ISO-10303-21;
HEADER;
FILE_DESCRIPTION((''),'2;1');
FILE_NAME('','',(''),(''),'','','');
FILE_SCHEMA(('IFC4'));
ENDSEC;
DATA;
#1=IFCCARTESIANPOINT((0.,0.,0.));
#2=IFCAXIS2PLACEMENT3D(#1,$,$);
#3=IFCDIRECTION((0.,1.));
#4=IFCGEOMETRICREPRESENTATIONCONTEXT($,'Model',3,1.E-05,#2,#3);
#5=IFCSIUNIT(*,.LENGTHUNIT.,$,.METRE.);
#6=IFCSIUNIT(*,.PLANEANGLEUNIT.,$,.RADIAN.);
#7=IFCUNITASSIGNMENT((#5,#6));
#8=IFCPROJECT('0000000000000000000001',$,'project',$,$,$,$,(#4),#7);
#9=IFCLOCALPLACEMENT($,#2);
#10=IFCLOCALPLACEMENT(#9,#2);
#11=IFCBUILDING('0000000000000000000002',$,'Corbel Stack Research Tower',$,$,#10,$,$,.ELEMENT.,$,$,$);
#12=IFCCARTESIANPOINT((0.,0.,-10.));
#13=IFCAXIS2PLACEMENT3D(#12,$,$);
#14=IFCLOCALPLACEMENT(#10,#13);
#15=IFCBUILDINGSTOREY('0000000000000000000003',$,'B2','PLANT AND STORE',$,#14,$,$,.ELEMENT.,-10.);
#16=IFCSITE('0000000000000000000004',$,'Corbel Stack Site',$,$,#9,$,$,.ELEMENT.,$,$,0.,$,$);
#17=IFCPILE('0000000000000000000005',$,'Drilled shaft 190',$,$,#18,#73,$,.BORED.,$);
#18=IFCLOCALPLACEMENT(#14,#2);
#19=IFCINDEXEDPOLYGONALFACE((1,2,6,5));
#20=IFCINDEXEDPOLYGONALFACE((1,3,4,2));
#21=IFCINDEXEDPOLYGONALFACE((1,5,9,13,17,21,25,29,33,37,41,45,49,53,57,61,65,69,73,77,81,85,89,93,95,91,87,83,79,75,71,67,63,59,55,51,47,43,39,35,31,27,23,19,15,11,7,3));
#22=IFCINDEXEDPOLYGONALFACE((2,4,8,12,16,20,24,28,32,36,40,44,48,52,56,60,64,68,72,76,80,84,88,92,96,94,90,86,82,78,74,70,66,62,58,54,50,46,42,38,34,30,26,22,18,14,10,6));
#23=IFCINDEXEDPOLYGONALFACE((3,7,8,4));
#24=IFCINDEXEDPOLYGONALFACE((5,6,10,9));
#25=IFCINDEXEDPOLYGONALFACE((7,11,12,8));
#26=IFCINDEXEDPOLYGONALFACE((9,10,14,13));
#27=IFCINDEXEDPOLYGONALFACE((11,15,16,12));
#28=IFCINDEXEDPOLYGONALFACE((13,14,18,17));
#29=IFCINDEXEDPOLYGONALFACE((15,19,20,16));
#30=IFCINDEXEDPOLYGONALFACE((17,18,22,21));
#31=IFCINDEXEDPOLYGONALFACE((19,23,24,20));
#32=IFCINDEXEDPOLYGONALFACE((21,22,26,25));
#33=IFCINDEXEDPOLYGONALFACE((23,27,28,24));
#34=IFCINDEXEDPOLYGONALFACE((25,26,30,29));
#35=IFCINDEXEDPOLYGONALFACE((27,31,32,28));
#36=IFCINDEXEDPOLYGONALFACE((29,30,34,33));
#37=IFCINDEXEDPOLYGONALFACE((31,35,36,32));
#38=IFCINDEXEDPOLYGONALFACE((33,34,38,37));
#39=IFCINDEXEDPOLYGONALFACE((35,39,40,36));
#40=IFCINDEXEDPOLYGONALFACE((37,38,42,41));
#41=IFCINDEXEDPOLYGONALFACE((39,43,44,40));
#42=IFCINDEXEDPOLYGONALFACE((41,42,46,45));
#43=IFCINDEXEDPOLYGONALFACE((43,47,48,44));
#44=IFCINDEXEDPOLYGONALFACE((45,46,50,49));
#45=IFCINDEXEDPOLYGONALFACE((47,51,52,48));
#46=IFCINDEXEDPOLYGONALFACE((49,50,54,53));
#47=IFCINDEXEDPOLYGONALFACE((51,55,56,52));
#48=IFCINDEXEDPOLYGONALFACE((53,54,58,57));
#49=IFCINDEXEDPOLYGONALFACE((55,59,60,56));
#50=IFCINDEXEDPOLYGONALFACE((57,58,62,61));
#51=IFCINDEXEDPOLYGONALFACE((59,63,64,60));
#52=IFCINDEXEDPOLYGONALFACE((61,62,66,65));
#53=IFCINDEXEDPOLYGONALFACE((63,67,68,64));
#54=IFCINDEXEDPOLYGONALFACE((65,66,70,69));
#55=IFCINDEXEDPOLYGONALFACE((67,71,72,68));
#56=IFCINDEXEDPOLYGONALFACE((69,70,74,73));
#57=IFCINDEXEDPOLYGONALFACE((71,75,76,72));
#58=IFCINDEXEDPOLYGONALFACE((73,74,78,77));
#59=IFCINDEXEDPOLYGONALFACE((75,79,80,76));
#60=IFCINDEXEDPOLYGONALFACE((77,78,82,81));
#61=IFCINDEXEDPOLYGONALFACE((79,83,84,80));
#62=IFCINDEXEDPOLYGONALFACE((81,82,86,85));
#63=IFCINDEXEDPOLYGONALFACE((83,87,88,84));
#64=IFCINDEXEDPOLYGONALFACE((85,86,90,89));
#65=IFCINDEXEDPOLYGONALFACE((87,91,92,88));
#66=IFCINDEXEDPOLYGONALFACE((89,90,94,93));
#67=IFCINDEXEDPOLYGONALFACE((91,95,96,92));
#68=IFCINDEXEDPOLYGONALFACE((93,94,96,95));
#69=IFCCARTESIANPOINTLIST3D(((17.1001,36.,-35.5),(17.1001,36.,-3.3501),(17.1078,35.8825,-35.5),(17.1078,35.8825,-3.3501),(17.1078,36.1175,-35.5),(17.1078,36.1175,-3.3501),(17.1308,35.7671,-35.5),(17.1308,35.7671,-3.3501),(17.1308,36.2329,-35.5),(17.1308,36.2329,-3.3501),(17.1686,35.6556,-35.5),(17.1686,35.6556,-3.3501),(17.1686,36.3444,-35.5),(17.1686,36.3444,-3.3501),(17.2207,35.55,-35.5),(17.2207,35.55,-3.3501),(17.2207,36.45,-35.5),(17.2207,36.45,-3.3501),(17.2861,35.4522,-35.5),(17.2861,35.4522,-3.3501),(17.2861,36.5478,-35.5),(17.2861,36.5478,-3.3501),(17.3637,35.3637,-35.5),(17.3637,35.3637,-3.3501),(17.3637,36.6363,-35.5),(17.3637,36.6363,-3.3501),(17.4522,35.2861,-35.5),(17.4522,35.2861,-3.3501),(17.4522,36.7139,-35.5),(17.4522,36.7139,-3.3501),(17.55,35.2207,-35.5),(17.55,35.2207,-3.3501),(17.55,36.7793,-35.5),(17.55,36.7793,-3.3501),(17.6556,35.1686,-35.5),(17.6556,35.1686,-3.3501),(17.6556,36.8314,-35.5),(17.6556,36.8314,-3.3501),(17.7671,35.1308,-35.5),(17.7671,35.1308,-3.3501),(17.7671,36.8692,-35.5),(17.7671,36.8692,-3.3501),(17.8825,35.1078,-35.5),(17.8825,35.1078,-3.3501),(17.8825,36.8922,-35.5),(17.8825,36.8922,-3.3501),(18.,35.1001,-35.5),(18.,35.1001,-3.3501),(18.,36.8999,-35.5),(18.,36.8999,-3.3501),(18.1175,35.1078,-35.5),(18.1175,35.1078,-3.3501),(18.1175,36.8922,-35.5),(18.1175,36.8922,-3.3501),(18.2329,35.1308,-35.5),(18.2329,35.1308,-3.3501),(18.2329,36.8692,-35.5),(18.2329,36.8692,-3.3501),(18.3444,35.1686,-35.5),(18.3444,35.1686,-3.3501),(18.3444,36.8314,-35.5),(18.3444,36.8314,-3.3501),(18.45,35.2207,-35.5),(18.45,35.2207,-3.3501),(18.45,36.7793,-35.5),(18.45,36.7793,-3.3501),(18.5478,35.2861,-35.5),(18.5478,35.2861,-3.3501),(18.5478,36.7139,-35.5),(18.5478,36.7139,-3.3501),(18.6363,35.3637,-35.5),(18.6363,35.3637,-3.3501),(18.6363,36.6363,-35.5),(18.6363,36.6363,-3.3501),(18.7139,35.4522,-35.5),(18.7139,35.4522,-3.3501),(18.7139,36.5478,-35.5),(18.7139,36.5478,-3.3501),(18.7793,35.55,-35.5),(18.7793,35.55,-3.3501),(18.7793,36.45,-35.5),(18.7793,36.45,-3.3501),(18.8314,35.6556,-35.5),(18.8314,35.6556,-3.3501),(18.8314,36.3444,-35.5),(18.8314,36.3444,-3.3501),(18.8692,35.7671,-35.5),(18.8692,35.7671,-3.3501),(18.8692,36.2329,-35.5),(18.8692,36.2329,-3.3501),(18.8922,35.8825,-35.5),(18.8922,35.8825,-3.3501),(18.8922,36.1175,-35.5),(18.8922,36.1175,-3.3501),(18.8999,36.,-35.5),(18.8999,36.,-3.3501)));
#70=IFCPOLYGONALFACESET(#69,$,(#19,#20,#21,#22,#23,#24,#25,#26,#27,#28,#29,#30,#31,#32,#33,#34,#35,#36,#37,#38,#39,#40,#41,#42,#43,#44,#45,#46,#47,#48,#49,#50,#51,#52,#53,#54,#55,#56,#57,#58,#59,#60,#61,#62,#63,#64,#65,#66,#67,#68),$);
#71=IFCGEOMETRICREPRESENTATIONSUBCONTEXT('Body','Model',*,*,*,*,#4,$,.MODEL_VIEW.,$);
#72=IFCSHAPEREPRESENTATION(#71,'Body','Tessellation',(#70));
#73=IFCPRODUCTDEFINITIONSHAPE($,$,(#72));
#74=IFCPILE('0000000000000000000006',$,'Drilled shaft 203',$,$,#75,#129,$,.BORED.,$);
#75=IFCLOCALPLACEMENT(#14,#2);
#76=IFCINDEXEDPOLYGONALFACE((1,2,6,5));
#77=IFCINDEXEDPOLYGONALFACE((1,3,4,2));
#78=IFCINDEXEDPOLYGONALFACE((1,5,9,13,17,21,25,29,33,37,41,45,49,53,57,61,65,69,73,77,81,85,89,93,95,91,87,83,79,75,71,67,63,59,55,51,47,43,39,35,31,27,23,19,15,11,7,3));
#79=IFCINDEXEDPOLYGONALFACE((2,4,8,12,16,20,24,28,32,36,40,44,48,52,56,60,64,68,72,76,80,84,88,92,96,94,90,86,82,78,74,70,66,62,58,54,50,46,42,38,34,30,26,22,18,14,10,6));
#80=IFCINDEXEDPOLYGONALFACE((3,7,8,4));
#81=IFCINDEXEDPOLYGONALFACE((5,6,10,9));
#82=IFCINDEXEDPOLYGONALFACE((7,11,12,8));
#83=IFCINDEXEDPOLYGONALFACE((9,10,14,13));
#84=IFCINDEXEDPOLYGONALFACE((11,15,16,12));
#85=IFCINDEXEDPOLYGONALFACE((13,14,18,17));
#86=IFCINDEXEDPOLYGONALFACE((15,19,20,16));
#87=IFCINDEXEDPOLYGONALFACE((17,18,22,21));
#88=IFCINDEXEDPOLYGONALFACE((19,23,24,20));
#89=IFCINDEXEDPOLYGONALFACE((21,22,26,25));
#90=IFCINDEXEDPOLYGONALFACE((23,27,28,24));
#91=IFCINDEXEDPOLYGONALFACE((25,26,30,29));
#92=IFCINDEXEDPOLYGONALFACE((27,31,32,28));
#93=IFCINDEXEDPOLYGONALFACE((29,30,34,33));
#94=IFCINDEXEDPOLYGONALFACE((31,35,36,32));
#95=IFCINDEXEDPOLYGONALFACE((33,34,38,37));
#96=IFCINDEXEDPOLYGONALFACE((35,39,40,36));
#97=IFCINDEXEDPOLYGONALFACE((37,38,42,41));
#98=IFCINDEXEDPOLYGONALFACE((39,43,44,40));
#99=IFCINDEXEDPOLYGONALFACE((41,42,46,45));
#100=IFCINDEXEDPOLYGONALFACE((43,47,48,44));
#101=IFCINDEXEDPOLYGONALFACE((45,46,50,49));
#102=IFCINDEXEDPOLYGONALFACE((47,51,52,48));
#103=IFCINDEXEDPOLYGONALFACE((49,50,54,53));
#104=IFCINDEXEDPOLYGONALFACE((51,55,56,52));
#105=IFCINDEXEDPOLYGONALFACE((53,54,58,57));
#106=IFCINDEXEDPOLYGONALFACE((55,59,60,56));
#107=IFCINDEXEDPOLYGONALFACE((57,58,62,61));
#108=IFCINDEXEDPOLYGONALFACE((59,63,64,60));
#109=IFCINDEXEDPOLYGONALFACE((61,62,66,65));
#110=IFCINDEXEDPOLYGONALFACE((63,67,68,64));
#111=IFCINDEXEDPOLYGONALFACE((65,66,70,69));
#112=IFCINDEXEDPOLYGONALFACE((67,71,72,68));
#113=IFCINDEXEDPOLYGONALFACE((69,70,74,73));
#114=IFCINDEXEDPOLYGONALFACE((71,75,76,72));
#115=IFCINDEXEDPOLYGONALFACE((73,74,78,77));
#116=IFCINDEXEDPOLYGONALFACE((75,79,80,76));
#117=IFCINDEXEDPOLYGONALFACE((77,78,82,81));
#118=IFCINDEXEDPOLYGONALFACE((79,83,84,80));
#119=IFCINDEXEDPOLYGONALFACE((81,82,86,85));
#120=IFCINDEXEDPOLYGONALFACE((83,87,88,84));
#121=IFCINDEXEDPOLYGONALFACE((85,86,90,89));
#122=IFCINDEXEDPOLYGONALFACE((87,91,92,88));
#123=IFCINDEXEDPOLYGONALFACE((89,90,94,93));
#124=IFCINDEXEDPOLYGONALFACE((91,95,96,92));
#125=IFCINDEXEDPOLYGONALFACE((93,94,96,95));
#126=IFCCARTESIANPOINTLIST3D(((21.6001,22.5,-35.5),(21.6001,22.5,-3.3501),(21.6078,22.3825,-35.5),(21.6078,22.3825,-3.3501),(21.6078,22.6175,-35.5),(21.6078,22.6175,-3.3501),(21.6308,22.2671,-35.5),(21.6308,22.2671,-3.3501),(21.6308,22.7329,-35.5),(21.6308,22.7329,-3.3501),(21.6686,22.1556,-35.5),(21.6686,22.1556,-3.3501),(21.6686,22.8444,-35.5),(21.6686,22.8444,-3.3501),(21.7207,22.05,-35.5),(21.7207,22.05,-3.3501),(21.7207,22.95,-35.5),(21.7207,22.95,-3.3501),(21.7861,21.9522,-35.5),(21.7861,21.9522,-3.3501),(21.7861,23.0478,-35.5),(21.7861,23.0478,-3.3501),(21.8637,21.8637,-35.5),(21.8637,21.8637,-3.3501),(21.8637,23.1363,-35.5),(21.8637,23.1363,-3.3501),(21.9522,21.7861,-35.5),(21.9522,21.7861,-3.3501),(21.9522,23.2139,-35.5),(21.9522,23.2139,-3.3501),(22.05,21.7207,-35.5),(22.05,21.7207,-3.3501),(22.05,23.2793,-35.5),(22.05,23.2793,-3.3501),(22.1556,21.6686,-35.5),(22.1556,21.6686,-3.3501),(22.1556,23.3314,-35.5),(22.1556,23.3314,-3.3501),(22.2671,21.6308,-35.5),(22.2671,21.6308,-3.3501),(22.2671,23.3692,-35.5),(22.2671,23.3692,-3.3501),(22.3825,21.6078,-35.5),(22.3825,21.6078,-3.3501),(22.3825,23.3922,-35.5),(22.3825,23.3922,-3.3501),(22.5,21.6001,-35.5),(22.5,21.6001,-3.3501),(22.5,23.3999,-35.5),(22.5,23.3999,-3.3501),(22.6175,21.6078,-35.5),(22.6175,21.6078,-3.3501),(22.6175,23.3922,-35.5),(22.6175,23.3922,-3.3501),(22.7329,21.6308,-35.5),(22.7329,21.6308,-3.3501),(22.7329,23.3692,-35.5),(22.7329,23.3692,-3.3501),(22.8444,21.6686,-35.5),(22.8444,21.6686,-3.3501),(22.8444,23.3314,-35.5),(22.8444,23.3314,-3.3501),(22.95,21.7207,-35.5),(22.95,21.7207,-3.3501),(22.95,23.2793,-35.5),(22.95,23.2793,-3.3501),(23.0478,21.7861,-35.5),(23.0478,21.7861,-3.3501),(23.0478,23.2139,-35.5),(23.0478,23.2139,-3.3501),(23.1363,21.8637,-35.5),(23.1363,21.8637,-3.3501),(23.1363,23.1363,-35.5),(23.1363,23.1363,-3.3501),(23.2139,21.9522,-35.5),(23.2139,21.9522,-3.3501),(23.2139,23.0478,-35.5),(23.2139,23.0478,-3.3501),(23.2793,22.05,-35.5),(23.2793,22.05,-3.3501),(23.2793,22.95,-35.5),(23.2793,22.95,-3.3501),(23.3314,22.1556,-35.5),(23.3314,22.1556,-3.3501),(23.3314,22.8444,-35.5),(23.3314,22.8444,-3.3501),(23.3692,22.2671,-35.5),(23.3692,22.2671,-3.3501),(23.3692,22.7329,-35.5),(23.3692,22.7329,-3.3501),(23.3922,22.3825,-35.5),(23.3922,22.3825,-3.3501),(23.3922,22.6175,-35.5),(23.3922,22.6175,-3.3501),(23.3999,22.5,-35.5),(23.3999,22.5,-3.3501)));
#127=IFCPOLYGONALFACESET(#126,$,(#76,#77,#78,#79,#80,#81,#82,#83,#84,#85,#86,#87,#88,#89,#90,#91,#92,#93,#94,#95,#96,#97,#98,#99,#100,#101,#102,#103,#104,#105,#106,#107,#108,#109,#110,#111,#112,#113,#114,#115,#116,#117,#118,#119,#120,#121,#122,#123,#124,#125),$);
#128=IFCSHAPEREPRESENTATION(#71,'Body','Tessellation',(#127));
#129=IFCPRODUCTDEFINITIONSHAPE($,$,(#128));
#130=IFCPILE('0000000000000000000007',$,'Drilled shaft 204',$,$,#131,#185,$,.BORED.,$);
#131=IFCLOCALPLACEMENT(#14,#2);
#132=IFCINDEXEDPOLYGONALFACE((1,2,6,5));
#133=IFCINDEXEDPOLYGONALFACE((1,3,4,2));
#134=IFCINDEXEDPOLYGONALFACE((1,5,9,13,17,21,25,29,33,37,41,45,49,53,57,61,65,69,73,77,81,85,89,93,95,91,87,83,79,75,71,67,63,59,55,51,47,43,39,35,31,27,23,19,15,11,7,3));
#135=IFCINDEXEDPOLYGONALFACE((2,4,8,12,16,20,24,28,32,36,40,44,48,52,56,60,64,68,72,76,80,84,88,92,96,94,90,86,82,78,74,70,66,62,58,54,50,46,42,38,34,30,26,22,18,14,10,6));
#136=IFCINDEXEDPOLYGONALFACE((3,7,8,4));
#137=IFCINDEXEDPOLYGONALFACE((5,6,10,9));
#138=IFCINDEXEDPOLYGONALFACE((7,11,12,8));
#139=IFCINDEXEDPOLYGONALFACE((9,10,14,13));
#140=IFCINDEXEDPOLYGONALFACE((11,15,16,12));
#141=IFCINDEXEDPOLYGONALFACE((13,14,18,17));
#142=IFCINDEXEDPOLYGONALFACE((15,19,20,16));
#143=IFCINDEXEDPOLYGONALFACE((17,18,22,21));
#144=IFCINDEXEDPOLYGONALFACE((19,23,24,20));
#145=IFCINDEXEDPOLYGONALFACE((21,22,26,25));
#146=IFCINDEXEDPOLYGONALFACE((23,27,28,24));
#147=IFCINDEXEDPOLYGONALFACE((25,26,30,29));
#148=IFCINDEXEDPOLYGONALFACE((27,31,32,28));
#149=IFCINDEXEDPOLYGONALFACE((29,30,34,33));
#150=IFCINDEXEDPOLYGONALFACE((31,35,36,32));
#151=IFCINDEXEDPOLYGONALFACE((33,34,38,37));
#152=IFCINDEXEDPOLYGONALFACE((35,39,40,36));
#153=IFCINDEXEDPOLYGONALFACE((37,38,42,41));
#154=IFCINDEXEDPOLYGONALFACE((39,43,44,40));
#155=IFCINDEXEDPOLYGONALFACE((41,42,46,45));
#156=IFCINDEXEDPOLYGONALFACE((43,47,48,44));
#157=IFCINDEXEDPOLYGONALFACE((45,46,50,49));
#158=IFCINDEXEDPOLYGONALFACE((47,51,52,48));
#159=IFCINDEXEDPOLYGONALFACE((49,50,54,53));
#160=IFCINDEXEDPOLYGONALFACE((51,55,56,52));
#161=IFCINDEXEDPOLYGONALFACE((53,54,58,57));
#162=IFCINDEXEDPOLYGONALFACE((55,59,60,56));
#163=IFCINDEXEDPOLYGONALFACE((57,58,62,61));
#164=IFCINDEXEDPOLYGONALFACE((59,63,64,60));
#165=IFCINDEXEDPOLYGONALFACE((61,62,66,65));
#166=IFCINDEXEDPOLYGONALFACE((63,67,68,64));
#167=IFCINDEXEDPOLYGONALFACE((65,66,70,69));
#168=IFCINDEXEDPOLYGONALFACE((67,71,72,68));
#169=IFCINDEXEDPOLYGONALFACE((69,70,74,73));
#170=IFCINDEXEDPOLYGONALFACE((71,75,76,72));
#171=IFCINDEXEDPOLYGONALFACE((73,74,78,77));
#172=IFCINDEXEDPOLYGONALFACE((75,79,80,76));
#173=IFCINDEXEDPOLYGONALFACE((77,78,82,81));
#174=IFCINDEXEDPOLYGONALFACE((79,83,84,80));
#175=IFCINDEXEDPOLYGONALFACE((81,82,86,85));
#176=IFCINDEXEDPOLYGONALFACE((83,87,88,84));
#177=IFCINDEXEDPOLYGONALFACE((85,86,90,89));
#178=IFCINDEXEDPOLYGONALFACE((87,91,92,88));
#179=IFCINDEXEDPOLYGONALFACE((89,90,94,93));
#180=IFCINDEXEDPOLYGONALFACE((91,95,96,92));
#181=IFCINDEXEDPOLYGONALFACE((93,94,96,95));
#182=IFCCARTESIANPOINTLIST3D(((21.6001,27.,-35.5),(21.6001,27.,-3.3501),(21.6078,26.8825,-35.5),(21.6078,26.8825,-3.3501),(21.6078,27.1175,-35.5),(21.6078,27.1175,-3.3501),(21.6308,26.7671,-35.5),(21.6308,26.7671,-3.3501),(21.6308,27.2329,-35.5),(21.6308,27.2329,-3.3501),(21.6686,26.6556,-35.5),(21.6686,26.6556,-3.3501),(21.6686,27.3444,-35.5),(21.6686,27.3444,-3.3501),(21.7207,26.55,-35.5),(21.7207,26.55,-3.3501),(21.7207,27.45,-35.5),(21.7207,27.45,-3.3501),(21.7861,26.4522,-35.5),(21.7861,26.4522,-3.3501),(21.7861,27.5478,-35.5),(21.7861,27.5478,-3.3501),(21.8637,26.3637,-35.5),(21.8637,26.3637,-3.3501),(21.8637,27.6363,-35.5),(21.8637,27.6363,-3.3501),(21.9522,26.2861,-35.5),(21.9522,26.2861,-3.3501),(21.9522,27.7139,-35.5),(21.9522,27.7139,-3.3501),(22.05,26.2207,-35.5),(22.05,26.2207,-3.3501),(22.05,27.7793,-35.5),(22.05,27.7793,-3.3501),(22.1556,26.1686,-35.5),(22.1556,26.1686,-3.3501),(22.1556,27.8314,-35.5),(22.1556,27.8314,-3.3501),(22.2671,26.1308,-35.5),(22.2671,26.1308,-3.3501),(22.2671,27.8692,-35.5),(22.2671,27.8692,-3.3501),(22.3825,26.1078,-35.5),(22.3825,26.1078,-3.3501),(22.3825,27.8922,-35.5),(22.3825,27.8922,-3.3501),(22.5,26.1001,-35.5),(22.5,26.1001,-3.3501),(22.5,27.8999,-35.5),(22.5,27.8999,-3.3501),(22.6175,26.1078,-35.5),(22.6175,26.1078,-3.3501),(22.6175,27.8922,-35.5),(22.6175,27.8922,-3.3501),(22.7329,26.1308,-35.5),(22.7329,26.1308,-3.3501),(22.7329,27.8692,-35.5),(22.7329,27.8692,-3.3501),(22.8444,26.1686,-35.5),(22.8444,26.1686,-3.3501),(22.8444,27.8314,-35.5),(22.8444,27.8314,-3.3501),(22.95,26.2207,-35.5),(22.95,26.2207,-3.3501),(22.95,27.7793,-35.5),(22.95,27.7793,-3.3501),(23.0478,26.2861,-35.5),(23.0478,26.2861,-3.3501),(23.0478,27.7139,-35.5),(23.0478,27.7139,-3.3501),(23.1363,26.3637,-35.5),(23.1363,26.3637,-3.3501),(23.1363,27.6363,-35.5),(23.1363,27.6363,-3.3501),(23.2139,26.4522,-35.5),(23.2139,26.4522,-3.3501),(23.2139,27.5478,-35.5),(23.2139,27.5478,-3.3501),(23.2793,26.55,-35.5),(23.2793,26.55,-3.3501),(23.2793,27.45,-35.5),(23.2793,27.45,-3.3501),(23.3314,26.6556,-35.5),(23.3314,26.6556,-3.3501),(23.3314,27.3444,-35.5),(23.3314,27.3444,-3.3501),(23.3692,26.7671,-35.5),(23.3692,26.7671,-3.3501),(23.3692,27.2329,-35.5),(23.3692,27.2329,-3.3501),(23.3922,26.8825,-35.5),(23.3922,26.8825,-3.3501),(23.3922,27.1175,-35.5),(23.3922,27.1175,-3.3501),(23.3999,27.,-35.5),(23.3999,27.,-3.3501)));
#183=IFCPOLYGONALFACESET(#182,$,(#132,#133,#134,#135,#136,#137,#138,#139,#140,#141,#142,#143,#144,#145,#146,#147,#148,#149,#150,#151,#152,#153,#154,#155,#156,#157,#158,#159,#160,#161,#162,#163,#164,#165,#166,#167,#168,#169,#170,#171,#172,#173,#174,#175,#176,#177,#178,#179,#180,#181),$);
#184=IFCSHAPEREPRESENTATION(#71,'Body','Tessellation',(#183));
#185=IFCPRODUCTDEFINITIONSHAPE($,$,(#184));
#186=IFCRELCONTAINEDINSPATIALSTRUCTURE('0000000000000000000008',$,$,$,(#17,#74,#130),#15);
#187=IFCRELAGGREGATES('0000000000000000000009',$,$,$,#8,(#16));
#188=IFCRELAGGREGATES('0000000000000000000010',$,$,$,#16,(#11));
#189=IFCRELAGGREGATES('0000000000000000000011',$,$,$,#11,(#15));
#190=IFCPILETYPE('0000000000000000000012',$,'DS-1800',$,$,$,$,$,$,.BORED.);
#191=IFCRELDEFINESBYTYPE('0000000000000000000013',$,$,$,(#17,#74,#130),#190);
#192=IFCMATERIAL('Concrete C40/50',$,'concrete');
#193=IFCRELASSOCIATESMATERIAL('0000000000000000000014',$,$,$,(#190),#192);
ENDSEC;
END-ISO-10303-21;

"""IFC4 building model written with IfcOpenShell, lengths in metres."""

from ifc_helpers import new_model, si_unit, direction, frame, origin, origin_2d, place, context, subcontext, project, spatial, circle, extrude, material, material_profile, profile_set, type_object, element, save


model = new_model("IFC4")

# Units and contexts
model_context = context("Model", 3, precision=1e-05, world=origin(), true_north=direction((0.0, 1.0)))
body_context = subcontext(model_context, "Body", "Model", "MODEL_VIEW")
ifc_project = project(units=[si_unit("LENGTHUNIT", "METRE"), si_unit("PLANEANGLEUNIT", "RADIAN")], contexts=[model_context])

# Site, building, storey
site_placement = place(None, origin())
site = spatial("IfcSite", under=ifc_project, at=site_placement, Name="Corbel Stack Site", CompositionType="ELEMENT", RefElevation=0.0)
building_placement = place(site_placement, origin())
building = spatial("IfcBuilding", under=site, at=building_placement, Name="Corbel Stack Research Tower", CompositionType="ELEMENT")
storey_placement = place(building_placement, frame((0.0, 0.0, -10.0)))
storey = spatial("IfcBuildingStorey", under=building, at=storey_placement, Name="B2", Description="PLANT AND STORE", CompositionType="ELEMENT", Elevation=-10.0)

# Piles
ifc_material_1 = material(Name="Concrete C40/50", Category="concrete")
ifc_material_profile_1 = material_profile(ifc_material_1, circle(Radius=0.8999, at=origin_2d()), Name="Shaft 1800")
ifc_profile_set_1 = profile_set([ifc_material_profile_1], Name="Concrete C40/50")
pile_type = type_object("IfcPileType", Name="DS-1800", PredefinedType="BORED", material=ifc_profile_set_1)
for number, where, z_axis, x_axis, name in (
    (1, (18.0, 36.0, -3.3501), (0.0, 0.0, -1.0), (1.0, 0.0, 0.0), "Drilled shaft 190"),
    (2, (22.5, 22.5, -3.3501), (0.0, 0.0, -1.0), (1.0, 0.0, 0.0), "Drilled shaft 203"),
    (3, (22.5, 27.0, -3.3501), (0.0, 0.0, -1.0), (1.0, 0.0, 0.0), "Drilled shaft 204"),
):
    element("IfcPile", number, at=place(storey_placement, frame(where, z_axis=z_axis, x_axis=x_axis)), inside=storey, type_object=pile_type, Name=name, PredefinedType="BORED", context=body_context, shape_type="SweptSolid", body=[
        extrude(circle(Radius=0.8999, at=origin_2d()), origin(), (0.0, 0.0, 1.0), 32.1499),
    ])

save(model, "model.ifc")
